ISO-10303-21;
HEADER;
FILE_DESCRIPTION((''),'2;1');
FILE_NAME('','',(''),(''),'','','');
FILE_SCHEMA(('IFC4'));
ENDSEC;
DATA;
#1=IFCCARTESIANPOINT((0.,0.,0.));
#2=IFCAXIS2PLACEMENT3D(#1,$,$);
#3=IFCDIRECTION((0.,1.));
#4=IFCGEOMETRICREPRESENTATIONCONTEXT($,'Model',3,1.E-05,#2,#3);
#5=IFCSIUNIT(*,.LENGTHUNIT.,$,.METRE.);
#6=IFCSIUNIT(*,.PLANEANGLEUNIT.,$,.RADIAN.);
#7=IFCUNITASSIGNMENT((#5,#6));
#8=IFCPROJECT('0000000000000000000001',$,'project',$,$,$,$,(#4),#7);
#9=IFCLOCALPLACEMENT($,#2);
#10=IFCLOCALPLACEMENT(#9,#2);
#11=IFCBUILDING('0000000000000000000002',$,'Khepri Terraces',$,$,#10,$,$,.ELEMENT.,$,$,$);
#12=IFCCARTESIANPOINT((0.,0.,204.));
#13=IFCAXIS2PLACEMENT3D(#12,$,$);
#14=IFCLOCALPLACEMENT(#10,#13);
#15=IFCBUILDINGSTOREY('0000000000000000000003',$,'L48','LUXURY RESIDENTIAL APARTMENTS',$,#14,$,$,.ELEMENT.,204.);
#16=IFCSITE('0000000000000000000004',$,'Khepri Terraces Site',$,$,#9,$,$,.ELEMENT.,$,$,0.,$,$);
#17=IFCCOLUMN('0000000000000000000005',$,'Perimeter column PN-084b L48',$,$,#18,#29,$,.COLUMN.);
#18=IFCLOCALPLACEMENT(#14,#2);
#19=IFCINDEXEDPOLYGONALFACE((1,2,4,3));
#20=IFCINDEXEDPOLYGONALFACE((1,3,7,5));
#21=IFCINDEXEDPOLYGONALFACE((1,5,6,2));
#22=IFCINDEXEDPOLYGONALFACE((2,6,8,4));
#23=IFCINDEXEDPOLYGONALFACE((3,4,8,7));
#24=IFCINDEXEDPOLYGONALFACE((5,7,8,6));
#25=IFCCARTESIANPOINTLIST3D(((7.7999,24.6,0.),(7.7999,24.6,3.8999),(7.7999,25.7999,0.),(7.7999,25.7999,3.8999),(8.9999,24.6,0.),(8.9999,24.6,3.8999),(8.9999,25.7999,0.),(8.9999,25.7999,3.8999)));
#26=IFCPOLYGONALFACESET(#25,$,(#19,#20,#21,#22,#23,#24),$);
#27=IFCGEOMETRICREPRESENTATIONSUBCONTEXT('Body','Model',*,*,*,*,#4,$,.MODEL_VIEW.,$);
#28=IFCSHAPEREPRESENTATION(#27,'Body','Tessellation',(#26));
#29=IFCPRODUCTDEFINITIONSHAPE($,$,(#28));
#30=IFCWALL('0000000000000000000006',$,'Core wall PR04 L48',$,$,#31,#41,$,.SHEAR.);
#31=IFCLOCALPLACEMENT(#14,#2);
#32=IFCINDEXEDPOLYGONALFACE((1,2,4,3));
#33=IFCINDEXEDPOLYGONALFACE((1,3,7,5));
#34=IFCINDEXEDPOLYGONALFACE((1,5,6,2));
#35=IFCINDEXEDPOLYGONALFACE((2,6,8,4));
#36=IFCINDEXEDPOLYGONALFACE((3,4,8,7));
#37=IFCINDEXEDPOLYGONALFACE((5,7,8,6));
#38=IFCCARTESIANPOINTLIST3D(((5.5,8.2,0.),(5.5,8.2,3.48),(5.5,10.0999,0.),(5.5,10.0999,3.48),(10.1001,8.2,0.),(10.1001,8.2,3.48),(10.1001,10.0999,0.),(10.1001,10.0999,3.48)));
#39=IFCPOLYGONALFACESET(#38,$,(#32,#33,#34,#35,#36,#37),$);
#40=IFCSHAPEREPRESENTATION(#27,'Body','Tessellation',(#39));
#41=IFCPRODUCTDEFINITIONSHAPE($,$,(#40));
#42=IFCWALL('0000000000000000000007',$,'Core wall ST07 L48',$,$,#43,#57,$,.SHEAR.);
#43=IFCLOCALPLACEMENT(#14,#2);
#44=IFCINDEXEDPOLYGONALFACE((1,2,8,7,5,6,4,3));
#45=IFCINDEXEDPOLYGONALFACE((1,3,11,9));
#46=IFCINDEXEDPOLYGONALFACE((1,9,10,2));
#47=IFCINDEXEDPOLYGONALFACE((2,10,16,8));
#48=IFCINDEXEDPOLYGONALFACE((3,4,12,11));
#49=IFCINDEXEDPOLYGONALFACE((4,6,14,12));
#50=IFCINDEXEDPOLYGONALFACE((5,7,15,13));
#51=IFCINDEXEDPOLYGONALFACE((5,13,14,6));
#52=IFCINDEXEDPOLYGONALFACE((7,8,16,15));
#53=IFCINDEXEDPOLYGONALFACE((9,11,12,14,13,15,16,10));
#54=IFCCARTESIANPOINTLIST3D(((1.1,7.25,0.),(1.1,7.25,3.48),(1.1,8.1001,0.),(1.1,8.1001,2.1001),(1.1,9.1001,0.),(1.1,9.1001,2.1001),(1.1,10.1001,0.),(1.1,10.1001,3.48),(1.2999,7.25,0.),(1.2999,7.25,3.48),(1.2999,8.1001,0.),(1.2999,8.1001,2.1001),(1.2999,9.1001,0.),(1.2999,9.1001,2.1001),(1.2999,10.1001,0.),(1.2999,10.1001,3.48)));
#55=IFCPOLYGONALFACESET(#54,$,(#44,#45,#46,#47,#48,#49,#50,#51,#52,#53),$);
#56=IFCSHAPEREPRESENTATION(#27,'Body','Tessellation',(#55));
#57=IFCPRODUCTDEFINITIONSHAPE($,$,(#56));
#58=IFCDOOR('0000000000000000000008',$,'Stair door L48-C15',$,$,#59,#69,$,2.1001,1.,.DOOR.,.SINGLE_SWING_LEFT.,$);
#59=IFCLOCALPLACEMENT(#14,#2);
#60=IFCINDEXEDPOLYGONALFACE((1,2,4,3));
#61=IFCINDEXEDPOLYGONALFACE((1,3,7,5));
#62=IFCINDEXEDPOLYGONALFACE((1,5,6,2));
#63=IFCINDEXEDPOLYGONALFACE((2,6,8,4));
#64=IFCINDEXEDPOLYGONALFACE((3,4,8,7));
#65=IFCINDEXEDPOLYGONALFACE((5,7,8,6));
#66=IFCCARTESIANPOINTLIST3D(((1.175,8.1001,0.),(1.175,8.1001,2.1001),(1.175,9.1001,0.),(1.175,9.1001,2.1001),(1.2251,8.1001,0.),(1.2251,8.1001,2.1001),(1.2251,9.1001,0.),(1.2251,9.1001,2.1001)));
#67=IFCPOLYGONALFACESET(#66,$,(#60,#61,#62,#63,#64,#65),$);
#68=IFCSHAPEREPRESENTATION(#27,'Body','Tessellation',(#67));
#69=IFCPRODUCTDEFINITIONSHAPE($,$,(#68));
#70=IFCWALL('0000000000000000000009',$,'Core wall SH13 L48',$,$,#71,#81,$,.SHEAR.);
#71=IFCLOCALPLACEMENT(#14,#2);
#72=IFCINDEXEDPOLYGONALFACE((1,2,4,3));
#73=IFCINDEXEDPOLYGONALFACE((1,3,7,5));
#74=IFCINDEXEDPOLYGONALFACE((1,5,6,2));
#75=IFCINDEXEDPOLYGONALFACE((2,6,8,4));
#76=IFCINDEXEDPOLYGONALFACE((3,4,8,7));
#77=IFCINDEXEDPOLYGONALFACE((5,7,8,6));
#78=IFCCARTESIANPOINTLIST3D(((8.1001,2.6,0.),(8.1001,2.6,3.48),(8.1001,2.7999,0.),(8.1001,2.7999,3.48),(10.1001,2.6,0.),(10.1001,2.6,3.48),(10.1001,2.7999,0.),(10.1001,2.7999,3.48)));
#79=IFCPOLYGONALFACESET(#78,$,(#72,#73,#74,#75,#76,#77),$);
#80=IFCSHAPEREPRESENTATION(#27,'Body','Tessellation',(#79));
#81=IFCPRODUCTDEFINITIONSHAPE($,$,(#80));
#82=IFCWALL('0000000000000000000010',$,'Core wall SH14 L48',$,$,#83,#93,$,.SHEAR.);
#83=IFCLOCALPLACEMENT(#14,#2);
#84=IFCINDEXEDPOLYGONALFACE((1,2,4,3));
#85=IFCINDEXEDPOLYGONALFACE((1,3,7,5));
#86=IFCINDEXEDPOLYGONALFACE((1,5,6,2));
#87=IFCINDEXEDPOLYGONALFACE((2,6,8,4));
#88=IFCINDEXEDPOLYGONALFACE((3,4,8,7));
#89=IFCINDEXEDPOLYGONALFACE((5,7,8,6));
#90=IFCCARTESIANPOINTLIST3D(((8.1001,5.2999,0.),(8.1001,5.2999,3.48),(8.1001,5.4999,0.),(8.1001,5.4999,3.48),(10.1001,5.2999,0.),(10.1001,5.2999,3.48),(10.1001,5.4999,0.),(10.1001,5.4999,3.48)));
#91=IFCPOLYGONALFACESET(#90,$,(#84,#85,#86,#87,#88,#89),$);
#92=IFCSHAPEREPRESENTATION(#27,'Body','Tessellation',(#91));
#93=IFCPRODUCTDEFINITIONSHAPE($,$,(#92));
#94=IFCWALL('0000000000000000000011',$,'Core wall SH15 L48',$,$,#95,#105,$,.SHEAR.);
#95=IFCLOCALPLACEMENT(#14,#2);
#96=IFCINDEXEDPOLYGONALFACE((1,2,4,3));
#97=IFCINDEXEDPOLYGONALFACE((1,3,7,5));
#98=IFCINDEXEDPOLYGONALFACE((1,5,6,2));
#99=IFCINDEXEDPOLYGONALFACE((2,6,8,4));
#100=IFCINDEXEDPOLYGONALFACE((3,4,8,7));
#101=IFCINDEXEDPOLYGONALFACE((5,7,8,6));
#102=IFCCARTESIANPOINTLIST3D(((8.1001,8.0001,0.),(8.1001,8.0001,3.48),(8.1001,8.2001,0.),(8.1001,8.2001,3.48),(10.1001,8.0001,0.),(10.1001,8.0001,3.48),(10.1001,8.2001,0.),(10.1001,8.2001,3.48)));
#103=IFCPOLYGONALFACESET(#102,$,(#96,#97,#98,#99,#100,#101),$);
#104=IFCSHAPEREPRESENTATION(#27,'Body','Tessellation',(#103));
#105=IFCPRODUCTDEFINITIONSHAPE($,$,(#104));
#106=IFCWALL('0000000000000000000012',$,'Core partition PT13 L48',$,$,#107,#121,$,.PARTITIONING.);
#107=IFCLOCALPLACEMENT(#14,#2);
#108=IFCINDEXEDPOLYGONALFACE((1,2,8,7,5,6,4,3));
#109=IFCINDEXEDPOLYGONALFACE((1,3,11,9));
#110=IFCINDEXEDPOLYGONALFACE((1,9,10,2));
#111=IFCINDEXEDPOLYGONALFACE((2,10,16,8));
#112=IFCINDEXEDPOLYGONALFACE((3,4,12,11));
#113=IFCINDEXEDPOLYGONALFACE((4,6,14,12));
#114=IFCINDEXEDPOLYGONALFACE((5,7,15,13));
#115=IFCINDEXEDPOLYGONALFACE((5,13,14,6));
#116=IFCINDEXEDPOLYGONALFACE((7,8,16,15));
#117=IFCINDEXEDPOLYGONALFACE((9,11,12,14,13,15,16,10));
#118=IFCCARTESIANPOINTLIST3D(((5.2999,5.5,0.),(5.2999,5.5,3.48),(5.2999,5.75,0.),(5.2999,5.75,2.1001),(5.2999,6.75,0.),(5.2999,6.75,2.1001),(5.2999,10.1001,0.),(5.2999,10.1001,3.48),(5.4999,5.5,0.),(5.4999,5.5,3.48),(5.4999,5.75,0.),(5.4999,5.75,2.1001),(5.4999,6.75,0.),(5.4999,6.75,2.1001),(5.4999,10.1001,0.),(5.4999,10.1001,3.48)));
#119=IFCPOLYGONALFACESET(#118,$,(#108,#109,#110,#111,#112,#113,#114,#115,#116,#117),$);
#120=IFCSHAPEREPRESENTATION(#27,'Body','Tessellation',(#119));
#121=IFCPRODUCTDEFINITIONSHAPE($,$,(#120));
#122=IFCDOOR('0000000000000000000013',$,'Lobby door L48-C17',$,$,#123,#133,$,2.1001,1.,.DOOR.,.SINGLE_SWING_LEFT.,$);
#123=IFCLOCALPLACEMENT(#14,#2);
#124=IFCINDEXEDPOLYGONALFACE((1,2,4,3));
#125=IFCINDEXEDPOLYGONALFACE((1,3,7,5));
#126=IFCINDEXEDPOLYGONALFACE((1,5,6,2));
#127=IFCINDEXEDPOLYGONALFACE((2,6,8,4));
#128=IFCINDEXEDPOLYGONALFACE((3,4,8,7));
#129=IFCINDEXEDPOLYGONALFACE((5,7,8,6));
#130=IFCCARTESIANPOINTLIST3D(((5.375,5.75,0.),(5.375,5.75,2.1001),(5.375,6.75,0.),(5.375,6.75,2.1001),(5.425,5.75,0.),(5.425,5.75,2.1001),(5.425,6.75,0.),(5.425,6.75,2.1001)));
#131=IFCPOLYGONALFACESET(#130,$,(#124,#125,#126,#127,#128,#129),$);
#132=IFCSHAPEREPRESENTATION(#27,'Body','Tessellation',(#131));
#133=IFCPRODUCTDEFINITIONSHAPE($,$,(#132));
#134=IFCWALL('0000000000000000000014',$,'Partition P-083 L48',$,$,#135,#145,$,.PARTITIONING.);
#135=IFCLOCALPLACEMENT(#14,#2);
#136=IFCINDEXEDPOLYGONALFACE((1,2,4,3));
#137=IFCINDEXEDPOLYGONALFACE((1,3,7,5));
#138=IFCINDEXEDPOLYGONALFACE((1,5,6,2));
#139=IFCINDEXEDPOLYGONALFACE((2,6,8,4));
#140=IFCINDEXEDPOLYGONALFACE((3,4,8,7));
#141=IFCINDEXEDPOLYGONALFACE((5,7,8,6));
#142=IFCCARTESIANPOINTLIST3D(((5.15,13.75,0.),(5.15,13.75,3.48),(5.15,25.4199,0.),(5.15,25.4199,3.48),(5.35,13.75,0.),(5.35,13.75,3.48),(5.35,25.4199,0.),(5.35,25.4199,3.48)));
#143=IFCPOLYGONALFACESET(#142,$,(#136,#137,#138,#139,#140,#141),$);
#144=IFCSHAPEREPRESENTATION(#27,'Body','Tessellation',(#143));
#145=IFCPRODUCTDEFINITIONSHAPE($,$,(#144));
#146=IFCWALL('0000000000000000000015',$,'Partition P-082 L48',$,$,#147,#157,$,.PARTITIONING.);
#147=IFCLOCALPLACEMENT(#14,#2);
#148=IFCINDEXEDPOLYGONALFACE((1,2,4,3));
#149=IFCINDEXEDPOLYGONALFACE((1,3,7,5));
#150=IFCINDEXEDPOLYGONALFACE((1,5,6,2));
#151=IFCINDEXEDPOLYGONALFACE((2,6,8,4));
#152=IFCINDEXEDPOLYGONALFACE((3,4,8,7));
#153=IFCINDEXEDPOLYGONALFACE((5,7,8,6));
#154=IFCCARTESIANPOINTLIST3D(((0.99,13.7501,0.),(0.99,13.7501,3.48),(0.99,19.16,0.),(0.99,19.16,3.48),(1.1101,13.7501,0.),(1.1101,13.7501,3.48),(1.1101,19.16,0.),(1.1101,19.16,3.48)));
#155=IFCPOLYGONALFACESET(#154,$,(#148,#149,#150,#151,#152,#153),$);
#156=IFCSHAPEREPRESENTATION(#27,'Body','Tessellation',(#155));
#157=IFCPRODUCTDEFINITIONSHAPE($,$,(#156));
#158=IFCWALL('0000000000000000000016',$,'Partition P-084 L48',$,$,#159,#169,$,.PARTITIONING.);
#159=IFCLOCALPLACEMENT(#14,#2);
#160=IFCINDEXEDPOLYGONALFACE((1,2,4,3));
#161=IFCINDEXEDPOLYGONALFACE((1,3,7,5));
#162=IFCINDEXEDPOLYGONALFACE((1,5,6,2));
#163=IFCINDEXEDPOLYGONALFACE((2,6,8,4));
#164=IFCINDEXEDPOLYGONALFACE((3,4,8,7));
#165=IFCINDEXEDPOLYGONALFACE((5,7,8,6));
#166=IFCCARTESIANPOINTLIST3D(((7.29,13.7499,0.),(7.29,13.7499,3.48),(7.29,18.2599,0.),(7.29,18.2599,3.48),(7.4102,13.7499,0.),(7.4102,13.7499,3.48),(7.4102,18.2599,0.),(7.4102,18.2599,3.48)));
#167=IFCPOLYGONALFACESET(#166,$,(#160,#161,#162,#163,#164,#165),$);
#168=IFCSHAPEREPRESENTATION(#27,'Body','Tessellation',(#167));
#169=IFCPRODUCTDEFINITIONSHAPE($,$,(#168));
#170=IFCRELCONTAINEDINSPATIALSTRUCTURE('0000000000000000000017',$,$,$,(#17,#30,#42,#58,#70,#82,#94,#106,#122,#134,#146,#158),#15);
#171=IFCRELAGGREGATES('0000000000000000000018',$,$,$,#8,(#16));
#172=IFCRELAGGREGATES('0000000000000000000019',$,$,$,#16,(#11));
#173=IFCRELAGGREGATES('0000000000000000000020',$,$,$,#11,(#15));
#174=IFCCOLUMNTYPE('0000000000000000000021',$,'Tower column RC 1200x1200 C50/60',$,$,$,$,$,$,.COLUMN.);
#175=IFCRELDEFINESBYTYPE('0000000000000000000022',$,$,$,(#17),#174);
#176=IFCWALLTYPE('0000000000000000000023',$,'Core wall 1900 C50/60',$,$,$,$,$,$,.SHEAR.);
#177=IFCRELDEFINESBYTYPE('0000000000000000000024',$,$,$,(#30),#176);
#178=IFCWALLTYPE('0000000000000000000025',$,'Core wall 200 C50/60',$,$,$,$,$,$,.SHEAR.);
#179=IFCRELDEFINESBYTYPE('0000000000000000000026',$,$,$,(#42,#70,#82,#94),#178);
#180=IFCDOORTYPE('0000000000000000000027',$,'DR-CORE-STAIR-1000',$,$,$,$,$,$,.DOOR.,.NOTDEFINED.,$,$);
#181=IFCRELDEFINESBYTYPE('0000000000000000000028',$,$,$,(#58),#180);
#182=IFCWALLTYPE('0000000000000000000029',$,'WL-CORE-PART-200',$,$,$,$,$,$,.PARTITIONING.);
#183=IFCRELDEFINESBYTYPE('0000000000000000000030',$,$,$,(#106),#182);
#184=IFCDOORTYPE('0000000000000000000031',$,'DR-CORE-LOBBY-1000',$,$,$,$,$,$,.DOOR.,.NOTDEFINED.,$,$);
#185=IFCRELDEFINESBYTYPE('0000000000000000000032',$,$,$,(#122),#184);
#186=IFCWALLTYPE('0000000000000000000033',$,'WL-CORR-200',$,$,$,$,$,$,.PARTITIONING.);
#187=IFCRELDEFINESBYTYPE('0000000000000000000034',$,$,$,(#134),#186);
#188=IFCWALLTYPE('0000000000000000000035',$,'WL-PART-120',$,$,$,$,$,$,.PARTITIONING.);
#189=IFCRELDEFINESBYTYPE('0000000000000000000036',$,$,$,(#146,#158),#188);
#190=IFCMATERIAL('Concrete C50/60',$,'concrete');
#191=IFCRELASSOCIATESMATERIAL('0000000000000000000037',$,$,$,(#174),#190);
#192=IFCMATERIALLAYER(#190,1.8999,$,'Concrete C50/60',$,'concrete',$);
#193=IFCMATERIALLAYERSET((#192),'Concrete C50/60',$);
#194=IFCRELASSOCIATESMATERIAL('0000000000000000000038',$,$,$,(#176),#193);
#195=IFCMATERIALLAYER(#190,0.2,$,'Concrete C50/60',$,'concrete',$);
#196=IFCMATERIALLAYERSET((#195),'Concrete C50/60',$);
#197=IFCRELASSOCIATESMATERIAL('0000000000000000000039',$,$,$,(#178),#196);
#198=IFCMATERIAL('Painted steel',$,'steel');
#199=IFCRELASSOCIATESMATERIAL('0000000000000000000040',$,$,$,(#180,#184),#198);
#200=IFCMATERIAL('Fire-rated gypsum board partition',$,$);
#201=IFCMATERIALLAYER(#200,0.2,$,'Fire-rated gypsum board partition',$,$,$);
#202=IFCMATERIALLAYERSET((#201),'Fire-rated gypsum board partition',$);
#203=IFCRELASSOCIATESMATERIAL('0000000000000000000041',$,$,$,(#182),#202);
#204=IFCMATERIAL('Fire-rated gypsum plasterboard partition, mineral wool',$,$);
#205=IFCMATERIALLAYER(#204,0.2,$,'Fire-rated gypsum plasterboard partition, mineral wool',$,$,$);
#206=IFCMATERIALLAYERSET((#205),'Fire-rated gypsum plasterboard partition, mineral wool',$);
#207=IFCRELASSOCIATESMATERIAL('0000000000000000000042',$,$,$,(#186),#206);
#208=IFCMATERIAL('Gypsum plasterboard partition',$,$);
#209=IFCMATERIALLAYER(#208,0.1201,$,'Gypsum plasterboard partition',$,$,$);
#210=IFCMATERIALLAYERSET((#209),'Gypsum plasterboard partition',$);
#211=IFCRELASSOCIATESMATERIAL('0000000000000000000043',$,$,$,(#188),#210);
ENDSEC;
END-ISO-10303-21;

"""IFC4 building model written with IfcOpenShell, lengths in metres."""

from ifc_helpers import new_model, si_unit, direction, frame, frame_2d, origin, origin_2d, place, context, subcontext, project, spatial, rectangle, extrude, material, layer, layer_set, material_profile, profile_set, type_object, element, fill, save


model = new_model("IFC4")

# Units and contexts
model_context = context("Model", 3, precision=1e-05, world=origin(), true_north=direction((0.0, 1.0)))
body_context = subcontext(model_context, "Body", "Model", "MODEL_VIEW")
ifc_project = project(units=[si_unit("LENGTHUNIT", "METRE"), si_unit("PLANEANGLEUNIT", "RADIAN")], contexts=[model_context])

# Site, building, storey
site_placement = place(None, origin())
site = spatial("IfcSite", under=ifc_project, at=site_placement, Name="Khepri Terraces Site", CompositionType="ELEMENT", RefElevation=0.0)
building_placement = place(site_placement, origin())
building = spatial("IfcBuilding", under=site, at=building_placement, Name="Khepri Terraces", CompositionType="ELEMENT")
storey_placement = place(building_placement, frame((0.0, 0.0, 204.0)))
storey = spatial("IfcBuildingStorey", under=building, at=storey_placement, Name="L48", Description="LUXURY RESIDENTIAL APARTMENTS", CompositionType="ELEMENT", Elevation=204.0)

# Column
ifc_material_1 = material(Name="Concrete C50/60", Category="concrete")
ifc_material_profile = material_profile(ifc_material_1, rectangle(XDim=1.2, YDim=1.2, at=origin_2d()), Name="Concrete C50/60", Category="concrete")
ifc_profile_set = profile_set([ifc_material_profile], Name="Concrete C50/60")
column_type = type_object("IfcColumnType", Name="Tower column RC 1200x1200 C50/60", PredefinedType="COLUMN", material=ifc_profile_set)
column_placement = place(storey_placement, frame((8.3999, 25.2, 0.0), z_axis=(0.0, 0.0, 1.0), x_axis=(1.0, 0.0, 0.0)))
element("IfcColumn", 1, at=column_placement, inside=storey, type_object=column_type, Name="Perimeter column PN-084b L48", PredefinedType="COLUMN", context=body_context, shape_type="SweptSolid", body=[
    extrude(rectangle(XDim=1.2, YDim=1.2, at=origin_2d()), origin(), (0.0, 0.0, 1.0), 3.8999),
])

# Wall
ifc_layer_1 = layer(ifc_material_1, 1.8999, Name="Concrete C50/60", Category="concrete")
ifc_layer_set_1 = layer_set([ifc_layer_1], Name="Concrete C50/60")
wall_type_1 = type_object("IfcWallType", Name="Core wall 1900 C50/60", PredefinedType="SHEAR", material=ifc_layer_set_1)
wall_1_placement = place(storey_placement, frame((5.5, 9.1499, 0.0), z_axis=(0.0, 0.0, 1.0), x_axis=(1.0, 0.0, 0.0)))
element("IfcWall", 2, at=wall_1_placement, inside=storey, type_object=wall_type_1, Name="Core wall PR04 L48", PredefinedType="SHEAR", context=body_context, shape_type="SweptSolid", body=[
    extrude(rectangle(XDim=4.6001, YDim=1.8999, at=frame_2d((2.3, 0.0))), origin(), (0.0, 0.0, 1.0), 3.48),
])

# Wall, opening, door
ifc_layer_2 = layer(ifc_material_1, 0.2, Name="Concrete C50/60", Category="concrete")
ifc_layer_set_2 = layer_set([ifc_layer_2], Name="Concrete C50/60")
wall_type_2 = type_object("IfcWallType", Name="Core wall 200 C50/60", PredefinedType="SHEAR", material=ifc_layer_set_2)
wall_2_placement = place(storey_placement, frame((1.2, 7.25, 0.0), z_axis=(0.0, 0.0, 1.0), x_axis=(0.0, 1.0, 0.0)))
wall_2 = element("IfcWall", 3, at=wall_2_placement, inside=storey, type_object=wall_type_2, Name="Core wall ST07 L48", PredefinedType="SHEAR", context=body_context, shape_type="SweptSolid", body=[
    extrude(rectangle(XDim=2.8501, YDim=0.2, at=frame_2d((1.425, 0.0))), origin(), (0.0, 0.0, 1.0), 3.48),
])
opening_1_placement = place(wall_2_placement, frame((0.8501, 0.0, 0.0)))
opening_1 = element("IfcOpeningElement", 4, at=opening_1_placement, cuts=wall_2, PredefinedType="OPENING", context=body_context, shape_type="SweptSolid", body=[
    extrude(rectangle(XDim=1.0, YDim=2.1001, at=frame_2d((0.5, 1.05))), frame((0.0, 0.1099, 0.0), z_axis=(0.0, -1.0, 0.0), x_axis=(1.0, 0.0, 0.0)), (0.0, 0.0, 1.0), 0.22),
])
ifc_material_2 = material(Name="Painted steel", Category="steel")
door_type_1 = type_object("IfcDoorType", Name="DR-CORE-STAIR-1000", OperationType="NOTDEFINED", PredefinedType="DOOR", material=ifc_material_2)
door_1_placement = place(opening_1_placement, origin())
door_1 = element("IfcDoor", 5, at=door_1_placement, inside=storey, type_object=door_type_1, Name="Stair door L48-C15", OperationType="SINGLE_SWING_LEFT", OverallHeight=2.1001, OverallWidth=1.0, PredefinedType="DOOR", context=body_context, shape_type="SweptSolid", body=[
    extrude(rectangle(XDim=1.0, YDim=2.1001, at=frame_2d((0.5, 1.05))), frame((0.0, 0.0249, 0.0), z_axis=(0.0, -1.0, 0.0), x_axis=(1.0, 0.0, 0.0)), (0.0, 0.0, 1.0), 0.05),
])
fill(opening_1, door_1)

# Walls
for number, where, z_axis, x_axis, name in (
    (6, (8.1001, 2.7, 0.0), (0.0, 0.0, 1.0), (1.0, 0.0, 0.0), "Core wall SH13 L48"),
    (7, (8.1001, 5.3999, 0.0), (0.0, 0.0, 1.0), (1.0, 0.0, 0.0), "Core wall SH14 L48"),
    (8, (8.1001, 8.1001, 0.0), (0.0, 0.0, 1.0), (1.0, 0.0, 0.0), "Core wall SH15 L48"),
):
    element("IfcWall", number, at=place(storey_placement, frame(where, z_axis=z_axis, x_axis=x_axis)), inside=storey, type_object=wall_type_2, Name=name, PredefinedType="SHEAR", context=body_context, shape_type="SweptSolid", body=[
        extrude(rectangle(XDim=2.0, YDim=0.2, at=frame_2d((1.0, 0.0))), origin(), (0.0, 0.0, 1.0), 3.48),
    ])

# Wall, opening, door
ifc_material_3 = material(Name="Fire-rated gypsum board partition")
ifc_layer_3 = layer(ifc_material_3, 0.2, Name="Fire-rated gypsum board partition")
ifc_layer_set_3 = layer_set([ifc_layer_3], Name="Fire-rated gypsum board partition")
wall_type_3 = type_object("IfcWallType", Name="WL-CORE-PART-200", PredefinedType="PARTITIONING", material=ifc_layer_set_3)
wall_3_placement = place(storey_placement, frame((5.3999, 5.5, 0.0), z_axis=(0.0, 0.0, 1.0), x_axis=(0.0, 1.0, 0.0)))
wall_3 = element("IfcWall", 9, at=wall_3_placement, inside=storey, type_object=wall_type_3, Name="Core partition PT13 L48", PredefinedType="PARTITIONING", context=body_context, shape_type="SweptSolid", body=[
    extrude(rectangle(XDim=4.6001, YDim=0.2, at=frame_2d((2.3, 0.0))), origin(), (0.0, 0.0, 1.0), 3.48),
])
opening_2_placement = place(wall_3_placement, frame((0.25, 0.0, 0.0)))
opening_2 = element("IfcOpeningElement", 10, at=opening_2_placement, cuts=wall_3, PredefinedType="OPENING", context=body_context, shape_type="SweptSolid", body=[
    extrude(rectangle(XDim=1.0, YDim=2.1001, at=frame_2d((0.5, 1.05))), frame((0.0, 0.1099, 0.0), z_axis=(0.0, -1.0, 0.0), x_axis=(1.0, 0.0, 0.0)), (0.0, 0.0, 1.0), 0.22),
])
door_type_2 = type_object("IfcDoorType", Name="DR-CORE-LOBBY-1000", OperationType="NOTDEFINED", PredefinedType="DOOR", material=ifc_material_2)
door_2_placement = place(opening_2_placement, origin())
door_2 = element("IfcDoor", 11, at=door_2_placement, inside=storey, type_object=door_type_2, Name="Lobby door L48-C17", OperationType="SINGLE_SWING_LEFT", OverallHeight=2.1001, OverallWidth=1.0, PredefinedType="DOOR", context=body_context, shape_type="SweptSolid", body=[
    extrude(rectangle(XDim=1.0, YDim=2.1001, at=frame_2d((0.5, 1.05))), frame((0.0, 0.0249, 0.0), z_axis=(0.0, -1.0, 0.0), x_axis=(1.0, 0.0, 0.0)), (0.0, 0.0, 1.0), 0.05),
])
fill(opening_2, door_2)

# Wall
ifc_material_4 = material(Name="Fire-rated gypsum plasterboard partition, mineral wool")
ifc_layer_4 = layer(ifc_material_4, 0.2, Name="Fire-rated gypsum plasterboard partition, mineral wool")
ifc_layer_set_4 = layer_set([ifc_layer_4], Name="Fire-rated gypsum plasterboard partition, mineral wool")
wall_type_4 = type_object("IfcWallType", Name="WL-CORR-200", PredefinedType="PARTITIONING", material=ifc_layer_set_4)
wall_4_placement = place(storey_placement, frame((5.25, 13.75, 0.0), z_axis=(0.0, 0.0, 1.0), x_axis=(0.0, 1.0, 0.0)))
element("IfcWall", 12, at=wall_4_placement, inside=storey, type_object=wall_type_4, Name="Partition P-083 L48", PredefinedType="PARTITIONING", context=body_context, shape_type="SweptSolid", body=[
    extrude(rectangle(XDim=11.6699, YDim=0.2, at=frame_2d((5.835, 0.0))), origin(), (0.0, 0.0, 1.0), 3.48),
])

# Walls
ifc_material_5 = material(Name="Gypsum plasterboard partition")
ifc_layer_5 = layer(ifc_material_5, 0.1201, Name="Gypsum plasterboard partition")
ifc_layer_set_5 = layer_set([ifc_layer_5], Name="Gypsum plasterboard partition")
wall_type_5 = type_object("IfcWallType", Name="WL-PART-120", PredefinedType="PARTITIONING", material=ifc_layer_set_5)
wall_5_placement = place(storey_placement, frame((1.05, 13.75, 0.0), z_axis=(0.0, 0.0, 1.0), x_axis=(0.0, 1.0, 0.0)))
element("IfcWall", 13, at=wall_5_placement, inside=storey, type_object=wall_type_5, Name="Partition P-082 L48", PredefinedType="PARTITIONING", context=body_context, shape_type="SweptSolid", body=[
    extrude(rectangle(XDim=5.4099, YDim=0.1201, at=frame_2d((2.7051, 0.0))), origin(), (0.0, 0.0, 1.0), 3.48),
])
wall_6_placement = place(storey_placement, frame((7.3501, 13.75, 0.0), z_axis=(0.0, 0.0, 1.0), x_axis=(0.0, 1.0, 0.0)))
element("IfcWall", 14, at=wall_6_placement, inside=storey, type_object=wall_type_5, Name="Partition P-084 L48", PredefinedType="PARTITIONING", context=body_context, shape_type="SweptSolid", body=[
    extrude(rectangle(XDim=4.51, YDim=0.1201, at=frame_2d((2.2549, 0.0))), origin(), (0.0, 0.0, 1.0), 3.48),
])

save(model, "model.ifc")
